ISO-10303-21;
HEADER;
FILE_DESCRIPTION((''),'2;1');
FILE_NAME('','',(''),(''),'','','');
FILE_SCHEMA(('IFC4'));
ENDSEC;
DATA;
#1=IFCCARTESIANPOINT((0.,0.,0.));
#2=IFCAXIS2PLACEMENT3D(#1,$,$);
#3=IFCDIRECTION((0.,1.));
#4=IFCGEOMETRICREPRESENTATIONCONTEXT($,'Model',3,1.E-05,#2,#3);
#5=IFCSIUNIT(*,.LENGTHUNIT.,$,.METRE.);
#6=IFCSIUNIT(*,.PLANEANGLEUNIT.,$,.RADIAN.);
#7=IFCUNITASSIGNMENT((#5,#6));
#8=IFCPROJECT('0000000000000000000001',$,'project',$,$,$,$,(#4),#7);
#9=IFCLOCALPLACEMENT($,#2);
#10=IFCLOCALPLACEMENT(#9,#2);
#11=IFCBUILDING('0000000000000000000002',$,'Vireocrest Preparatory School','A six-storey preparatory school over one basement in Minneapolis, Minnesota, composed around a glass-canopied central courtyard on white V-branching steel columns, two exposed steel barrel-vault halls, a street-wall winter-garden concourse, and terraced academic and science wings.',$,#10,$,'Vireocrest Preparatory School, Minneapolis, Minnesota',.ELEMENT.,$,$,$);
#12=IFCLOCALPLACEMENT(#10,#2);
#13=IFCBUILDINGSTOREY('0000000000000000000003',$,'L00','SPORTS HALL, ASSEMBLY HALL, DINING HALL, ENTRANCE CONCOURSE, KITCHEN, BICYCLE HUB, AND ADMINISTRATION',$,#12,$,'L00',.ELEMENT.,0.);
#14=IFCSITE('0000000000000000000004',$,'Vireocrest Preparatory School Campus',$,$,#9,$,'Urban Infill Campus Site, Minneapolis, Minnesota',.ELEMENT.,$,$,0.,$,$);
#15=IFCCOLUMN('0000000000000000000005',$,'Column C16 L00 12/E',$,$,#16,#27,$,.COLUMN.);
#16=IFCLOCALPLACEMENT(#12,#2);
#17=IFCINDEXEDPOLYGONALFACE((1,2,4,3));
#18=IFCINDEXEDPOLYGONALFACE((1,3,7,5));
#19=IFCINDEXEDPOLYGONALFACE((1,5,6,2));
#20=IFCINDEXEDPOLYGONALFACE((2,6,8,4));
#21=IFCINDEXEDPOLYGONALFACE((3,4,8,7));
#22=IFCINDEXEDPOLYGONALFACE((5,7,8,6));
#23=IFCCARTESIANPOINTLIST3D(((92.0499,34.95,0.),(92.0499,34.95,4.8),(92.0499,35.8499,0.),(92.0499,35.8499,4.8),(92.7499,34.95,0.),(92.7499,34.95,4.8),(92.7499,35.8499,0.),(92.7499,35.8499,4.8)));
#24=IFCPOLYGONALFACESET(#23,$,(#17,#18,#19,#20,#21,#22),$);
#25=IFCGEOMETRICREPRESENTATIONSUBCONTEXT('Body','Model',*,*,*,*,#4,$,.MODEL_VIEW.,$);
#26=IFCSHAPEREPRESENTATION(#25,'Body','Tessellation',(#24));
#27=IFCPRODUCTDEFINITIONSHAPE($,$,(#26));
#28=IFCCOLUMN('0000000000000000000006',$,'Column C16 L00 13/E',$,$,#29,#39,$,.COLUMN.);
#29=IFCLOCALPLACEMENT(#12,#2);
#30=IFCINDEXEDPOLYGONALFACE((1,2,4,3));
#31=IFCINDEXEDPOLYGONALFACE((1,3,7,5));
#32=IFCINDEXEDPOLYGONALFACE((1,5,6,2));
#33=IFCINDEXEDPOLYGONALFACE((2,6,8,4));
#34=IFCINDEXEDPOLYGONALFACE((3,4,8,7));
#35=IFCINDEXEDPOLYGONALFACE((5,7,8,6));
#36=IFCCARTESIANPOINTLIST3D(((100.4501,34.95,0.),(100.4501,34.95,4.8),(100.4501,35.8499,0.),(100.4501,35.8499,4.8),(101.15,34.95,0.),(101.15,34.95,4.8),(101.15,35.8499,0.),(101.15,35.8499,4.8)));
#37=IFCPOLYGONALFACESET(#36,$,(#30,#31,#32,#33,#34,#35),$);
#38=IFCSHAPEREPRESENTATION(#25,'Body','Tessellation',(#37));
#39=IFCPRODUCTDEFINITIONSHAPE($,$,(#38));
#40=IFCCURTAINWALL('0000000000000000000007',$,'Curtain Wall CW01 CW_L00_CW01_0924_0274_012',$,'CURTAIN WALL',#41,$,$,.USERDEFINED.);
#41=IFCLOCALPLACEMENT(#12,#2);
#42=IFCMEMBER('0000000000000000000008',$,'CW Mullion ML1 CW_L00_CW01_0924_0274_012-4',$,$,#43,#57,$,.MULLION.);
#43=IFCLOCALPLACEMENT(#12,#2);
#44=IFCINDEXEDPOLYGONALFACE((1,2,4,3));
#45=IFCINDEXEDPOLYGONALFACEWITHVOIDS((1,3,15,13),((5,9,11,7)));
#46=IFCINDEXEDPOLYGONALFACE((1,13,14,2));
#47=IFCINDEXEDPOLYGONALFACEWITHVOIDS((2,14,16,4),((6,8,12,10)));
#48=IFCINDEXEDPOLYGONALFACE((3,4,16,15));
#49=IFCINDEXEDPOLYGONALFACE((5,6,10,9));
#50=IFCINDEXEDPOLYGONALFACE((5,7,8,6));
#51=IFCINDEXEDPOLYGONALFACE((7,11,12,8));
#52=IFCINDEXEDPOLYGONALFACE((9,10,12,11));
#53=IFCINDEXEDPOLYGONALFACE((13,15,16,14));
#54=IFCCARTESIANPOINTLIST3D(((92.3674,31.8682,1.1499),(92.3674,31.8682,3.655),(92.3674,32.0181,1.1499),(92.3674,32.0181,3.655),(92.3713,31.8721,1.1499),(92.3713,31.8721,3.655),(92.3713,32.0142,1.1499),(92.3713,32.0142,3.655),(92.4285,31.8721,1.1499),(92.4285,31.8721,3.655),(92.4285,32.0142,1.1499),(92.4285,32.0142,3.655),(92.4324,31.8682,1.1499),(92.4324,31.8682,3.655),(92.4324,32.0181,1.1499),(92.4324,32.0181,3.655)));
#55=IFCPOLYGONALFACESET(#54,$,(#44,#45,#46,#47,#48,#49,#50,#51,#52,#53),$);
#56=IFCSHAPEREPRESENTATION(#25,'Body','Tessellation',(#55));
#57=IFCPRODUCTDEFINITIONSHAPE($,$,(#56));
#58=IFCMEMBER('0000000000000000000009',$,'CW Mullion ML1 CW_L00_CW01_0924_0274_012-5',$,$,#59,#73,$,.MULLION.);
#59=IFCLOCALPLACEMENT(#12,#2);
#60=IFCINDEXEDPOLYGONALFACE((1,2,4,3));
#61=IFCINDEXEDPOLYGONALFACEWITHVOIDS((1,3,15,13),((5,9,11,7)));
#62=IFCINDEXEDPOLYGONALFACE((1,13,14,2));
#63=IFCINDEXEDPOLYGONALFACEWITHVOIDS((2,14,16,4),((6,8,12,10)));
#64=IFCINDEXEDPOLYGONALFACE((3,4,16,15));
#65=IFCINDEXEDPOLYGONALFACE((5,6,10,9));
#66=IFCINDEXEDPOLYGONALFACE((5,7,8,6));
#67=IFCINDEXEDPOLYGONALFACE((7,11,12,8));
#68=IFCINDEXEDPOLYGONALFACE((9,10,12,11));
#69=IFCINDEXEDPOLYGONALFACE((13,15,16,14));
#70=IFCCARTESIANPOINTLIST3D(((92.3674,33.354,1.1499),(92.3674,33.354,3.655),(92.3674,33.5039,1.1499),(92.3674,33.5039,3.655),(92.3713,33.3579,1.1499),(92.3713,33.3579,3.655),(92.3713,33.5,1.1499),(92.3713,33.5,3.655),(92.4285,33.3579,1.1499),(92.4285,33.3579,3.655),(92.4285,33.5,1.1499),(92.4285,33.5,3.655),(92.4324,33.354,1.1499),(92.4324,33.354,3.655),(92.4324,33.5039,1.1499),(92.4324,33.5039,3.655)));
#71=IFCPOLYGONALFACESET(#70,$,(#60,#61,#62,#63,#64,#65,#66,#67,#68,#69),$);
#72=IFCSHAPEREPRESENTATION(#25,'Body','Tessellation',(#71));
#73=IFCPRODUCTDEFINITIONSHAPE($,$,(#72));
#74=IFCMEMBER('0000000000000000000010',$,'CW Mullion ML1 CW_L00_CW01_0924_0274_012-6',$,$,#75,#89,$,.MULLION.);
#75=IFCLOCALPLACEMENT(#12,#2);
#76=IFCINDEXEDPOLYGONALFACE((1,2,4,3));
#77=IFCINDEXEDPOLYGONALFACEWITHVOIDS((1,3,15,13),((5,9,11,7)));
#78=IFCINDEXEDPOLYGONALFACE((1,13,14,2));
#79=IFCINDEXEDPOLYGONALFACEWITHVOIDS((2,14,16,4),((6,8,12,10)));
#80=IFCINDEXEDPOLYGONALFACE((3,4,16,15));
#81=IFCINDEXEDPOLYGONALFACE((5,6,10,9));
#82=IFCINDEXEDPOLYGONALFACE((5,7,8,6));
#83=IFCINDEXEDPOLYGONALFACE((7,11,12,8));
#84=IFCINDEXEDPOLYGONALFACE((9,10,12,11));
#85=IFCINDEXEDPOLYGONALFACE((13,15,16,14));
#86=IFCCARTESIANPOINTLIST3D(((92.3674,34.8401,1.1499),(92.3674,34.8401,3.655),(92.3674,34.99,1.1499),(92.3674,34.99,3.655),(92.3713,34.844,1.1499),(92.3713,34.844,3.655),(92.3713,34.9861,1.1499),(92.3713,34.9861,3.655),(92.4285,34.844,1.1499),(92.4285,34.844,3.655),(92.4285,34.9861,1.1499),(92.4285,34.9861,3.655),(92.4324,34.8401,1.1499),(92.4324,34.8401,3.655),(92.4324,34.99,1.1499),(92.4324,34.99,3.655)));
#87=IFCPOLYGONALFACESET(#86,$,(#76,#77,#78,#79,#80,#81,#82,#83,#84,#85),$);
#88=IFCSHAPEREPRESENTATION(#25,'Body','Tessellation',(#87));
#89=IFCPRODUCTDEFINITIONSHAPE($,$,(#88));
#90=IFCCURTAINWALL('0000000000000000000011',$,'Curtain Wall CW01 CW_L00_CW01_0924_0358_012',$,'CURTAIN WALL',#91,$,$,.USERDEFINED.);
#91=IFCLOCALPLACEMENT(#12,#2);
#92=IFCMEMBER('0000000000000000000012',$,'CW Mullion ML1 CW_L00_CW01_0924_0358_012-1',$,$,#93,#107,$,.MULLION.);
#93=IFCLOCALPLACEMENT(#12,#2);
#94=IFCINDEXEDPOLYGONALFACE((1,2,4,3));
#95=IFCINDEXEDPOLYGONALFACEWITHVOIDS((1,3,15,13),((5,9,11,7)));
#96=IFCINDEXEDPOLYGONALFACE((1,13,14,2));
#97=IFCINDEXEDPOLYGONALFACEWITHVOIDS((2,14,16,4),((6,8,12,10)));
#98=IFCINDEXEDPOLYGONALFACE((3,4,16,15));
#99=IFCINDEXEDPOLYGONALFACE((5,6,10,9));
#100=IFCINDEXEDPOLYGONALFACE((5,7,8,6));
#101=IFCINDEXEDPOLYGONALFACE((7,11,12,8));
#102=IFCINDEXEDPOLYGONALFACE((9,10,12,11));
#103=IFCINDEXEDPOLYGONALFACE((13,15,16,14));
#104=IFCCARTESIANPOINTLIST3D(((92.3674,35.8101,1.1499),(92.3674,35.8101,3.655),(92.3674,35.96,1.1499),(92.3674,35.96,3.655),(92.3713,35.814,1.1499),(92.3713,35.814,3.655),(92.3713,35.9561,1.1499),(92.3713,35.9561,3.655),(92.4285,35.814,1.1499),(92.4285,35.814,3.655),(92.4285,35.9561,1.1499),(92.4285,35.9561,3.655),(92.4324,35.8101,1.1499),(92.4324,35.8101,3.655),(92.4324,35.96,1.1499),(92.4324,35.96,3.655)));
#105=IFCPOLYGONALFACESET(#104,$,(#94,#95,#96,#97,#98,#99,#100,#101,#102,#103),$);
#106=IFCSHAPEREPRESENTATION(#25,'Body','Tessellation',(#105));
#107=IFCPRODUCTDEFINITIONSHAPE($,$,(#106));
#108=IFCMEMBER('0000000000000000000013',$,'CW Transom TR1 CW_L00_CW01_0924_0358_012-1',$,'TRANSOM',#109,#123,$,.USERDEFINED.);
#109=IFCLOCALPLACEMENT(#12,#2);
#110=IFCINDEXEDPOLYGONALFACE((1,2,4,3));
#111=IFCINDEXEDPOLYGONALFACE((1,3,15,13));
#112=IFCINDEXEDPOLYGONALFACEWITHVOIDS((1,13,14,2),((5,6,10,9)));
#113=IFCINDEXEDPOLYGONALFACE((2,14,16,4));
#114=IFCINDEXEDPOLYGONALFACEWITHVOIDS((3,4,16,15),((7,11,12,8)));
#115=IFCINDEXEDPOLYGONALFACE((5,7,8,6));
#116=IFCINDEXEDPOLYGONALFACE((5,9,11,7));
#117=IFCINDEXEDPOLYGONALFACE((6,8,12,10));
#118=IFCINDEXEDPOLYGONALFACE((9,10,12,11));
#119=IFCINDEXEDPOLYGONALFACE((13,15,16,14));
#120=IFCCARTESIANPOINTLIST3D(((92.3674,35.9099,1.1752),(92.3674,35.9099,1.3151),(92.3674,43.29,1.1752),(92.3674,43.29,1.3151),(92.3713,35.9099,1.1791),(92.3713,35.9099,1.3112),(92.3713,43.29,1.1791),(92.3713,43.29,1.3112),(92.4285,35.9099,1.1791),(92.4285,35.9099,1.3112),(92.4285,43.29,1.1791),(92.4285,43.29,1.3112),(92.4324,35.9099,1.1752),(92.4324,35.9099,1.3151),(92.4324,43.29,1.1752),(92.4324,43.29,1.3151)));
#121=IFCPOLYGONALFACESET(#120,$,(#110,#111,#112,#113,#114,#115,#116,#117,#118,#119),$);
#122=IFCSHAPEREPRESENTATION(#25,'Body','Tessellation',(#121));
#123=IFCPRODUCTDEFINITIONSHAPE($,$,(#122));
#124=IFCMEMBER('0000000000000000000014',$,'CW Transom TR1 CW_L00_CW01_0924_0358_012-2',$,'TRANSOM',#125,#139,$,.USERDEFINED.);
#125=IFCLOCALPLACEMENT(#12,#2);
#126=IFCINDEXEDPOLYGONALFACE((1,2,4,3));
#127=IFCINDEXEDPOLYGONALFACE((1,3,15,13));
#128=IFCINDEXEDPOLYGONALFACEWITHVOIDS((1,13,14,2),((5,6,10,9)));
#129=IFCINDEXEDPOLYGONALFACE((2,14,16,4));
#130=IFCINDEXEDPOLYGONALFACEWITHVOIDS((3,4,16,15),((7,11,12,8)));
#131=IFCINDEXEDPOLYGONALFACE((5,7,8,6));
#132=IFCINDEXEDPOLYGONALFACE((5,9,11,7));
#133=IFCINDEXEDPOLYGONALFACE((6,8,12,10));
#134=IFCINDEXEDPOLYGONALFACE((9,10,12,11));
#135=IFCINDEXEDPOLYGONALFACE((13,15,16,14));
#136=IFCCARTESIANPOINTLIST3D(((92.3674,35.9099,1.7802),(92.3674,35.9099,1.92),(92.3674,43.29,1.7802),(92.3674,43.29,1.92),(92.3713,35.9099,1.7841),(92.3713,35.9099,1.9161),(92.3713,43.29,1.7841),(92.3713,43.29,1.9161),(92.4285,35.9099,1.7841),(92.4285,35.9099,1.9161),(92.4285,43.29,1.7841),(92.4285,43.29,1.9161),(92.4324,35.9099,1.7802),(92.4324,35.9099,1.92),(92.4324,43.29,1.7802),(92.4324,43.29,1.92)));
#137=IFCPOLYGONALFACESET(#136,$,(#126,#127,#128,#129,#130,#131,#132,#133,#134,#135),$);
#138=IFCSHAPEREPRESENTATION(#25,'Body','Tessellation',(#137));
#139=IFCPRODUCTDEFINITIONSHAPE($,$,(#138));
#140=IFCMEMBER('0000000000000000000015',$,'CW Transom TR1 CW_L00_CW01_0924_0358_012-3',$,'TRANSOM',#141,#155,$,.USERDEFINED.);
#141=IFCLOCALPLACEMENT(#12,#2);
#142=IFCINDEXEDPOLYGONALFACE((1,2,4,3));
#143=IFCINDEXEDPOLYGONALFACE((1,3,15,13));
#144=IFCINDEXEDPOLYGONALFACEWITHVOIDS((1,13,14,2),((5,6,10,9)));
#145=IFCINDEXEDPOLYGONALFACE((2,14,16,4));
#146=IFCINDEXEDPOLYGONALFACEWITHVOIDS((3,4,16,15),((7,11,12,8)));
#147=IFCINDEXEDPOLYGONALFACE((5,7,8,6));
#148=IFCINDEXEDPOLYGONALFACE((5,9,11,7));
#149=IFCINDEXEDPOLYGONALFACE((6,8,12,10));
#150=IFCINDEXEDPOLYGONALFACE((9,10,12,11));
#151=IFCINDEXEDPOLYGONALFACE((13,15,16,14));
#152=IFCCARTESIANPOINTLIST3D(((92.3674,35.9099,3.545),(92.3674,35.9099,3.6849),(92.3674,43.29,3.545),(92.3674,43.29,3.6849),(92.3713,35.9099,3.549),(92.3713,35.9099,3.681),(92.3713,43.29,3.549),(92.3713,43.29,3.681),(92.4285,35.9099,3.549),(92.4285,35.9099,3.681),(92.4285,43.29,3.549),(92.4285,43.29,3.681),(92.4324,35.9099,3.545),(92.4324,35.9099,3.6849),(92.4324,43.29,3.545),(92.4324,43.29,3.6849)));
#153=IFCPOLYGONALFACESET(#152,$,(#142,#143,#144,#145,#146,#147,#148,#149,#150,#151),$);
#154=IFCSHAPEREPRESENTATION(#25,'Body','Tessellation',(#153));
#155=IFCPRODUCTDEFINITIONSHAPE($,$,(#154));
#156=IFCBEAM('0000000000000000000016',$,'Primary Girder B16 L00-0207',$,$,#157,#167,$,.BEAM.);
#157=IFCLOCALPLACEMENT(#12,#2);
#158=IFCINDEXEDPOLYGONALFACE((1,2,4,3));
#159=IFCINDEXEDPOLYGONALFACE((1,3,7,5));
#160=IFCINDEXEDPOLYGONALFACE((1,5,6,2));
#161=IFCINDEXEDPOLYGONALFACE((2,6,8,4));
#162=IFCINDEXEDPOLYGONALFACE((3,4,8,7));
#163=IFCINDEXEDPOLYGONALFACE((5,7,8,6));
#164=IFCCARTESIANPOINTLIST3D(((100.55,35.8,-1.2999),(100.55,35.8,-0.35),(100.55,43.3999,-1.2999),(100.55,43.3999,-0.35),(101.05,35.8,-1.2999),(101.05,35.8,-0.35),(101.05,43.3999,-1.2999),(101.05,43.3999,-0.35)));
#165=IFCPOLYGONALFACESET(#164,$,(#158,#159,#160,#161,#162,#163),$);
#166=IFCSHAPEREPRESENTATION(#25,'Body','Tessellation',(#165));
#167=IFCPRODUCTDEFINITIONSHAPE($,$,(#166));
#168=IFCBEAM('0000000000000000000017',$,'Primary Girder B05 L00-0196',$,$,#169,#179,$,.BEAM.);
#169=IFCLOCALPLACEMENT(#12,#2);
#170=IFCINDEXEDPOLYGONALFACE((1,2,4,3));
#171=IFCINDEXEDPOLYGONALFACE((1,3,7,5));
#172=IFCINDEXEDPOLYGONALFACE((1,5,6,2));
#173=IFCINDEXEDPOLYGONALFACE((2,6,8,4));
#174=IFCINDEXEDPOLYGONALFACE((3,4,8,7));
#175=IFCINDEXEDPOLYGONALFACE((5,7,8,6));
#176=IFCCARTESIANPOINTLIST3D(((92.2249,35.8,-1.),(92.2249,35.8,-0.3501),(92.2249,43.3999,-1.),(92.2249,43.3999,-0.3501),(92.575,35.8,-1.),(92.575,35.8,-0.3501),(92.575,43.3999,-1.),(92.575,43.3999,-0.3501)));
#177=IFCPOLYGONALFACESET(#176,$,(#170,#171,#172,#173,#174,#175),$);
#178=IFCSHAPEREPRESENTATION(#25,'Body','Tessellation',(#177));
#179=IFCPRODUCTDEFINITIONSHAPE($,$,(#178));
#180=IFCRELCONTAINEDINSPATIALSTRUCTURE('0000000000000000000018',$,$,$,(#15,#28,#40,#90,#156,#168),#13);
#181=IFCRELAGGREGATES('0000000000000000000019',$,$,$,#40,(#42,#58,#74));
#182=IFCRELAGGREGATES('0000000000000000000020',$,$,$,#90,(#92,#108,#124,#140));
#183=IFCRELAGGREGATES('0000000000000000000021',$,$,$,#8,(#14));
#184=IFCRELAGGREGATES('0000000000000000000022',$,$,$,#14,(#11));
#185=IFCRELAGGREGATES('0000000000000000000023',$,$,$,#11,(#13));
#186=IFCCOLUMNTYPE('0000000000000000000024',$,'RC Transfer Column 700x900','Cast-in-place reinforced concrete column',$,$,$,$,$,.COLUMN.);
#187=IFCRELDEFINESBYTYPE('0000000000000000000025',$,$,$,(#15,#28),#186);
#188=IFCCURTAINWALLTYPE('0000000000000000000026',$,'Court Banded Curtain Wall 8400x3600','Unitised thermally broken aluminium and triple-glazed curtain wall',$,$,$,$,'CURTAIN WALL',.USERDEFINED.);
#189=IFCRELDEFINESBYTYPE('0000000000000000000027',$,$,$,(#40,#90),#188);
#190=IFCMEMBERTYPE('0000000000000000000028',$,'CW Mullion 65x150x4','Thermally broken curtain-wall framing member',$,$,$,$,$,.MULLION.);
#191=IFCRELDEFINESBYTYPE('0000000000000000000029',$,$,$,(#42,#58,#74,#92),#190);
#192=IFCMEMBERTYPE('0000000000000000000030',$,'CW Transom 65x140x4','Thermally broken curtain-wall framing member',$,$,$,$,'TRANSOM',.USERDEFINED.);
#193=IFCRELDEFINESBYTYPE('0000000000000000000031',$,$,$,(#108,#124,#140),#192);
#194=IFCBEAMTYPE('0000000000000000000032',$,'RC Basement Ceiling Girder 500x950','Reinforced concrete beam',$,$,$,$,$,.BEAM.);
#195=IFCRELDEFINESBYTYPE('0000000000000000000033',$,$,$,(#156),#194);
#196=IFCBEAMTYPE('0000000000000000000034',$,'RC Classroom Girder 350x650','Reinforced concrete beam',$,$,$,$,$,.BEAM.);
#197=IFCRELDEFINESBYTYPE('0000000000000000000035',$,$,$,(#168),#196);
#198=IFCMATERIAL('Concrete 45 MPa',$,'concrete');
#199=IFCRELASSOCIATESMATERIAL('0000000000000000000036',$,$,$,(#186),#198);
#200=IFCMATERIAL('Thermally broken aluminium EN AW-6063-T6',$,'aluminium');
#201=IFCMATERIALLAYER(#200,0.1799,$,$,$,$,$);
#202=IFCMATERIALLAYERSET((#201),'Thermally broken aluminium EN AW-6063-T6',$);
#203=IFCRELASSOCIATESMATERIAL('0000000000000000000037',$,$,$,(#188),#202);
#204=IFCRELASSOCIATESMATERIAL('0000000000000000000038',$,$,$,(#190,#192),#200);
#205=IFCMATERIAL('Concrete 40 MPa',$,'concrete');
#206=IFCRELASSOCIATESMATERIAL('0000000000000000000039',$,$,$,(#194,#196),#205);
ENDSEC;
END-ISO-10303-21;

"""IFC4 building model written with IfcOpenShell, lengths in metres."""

from ifc_helpers import new_model, si_unit, direction, frame, origin, origin_2d, place, context, subcontext, project, spatial, rectangle, hollow_rectangle, extrude, material, layer, layer_set, material_profile, profile_set, type_object, element, aggregate, save


model = new_model("IFC4")

# Units and contexts
model_context = context("Model", 3, precision=1e-05, world=origin(), true_north=direction((0.0, 1.0)))
body_context = subcontext(model_context, "Body", "Model", "MODEL_VIEW")
ifc_project = project(units=[si_unit("LENGTHUNIT", "METRE"), si_unit("PLANEANGLEUNIT", "RADIAN")], contexts=[model_context])

# Site, building, storey
site_placement = place(None, origin())
site = spatial("IfcSite", under=ifc_project, at=site_placement, Name="Vireocrest Preparatory School Campus", LongName="Urban Infill Campus Site, Minneapolis, Minnesota", CompositionType="ELEMENT", RefElevation=0.0)
building_placement = place(site_placement, origin())
building = spatial("IfcBuilding", under=site, at=building_placement, Name="Vireocrest Preparatory School", Description="A six-storey preparatory school over one basement in Minneapolis, Minnesota, composed around a glass-canopied central courtyard on white V-branching steel columns, two exposed steel barrel-vault halls, a street-wall winter-garden concourse, and terraced academic and science wings.", LongName="Vireocrest Preparatory School, Minneapolis, Minnesota", CompositionType="ELEMENT")
storey_placement = place(building_placement, origin())
storey = spatial("IfcBuildingStorey", under=building, at=storey_placement, Name="L00", Description="SPORTS HALL, ASSEMBLY HALL, DINING HALL, ENTRANCE CONCOURSE, KITCHEN, BICYCLE HUB, AND ADMINISTRATION", LongName="L00", CompositionType="ELEMENT", Elevation=0.0)

# Columns
ifc_material_1 = material(Name="Concrete 45 MPa", Category="concrete")
ifc_material_profile_1 = material_profile(ifc_material_1, rectangle(XDim=0.7, YDim=0.8999, at=origin_2d()), Name="RC 700x900")
ifc_profile_set_1 = profile_set([ifc_material_profile_1], Name="Concrete 45 MPa")
column_type = type_object("IfcColumnType", Name="RC Transfer Column 700x900", Description="Cast-in-place reinforced concrete column", PredefinedType="COLUMN", material=ifc_profile_set_1)
for number, where, z_axis, x_axis, name in (
    (1, (92.3999, 35.3999, 0.0), (0.0, 0.0, 1.0), (1.0, 0.0, 0.0), "Column C16 L00 12/E"),
    (2, (100.8, 35.3999, 0.0), (0.0, 0.0, 1.0), (1.0, 0.0, 0.0), "Column C16 L00 13/E"),
):
    element("IfcColumn", number, at=place(storey_placement, frame(where, z_axis=z_axis, x_axis=x_axis)), inside=storey, type_object=column_type, Name=name, PredefinedType="COLUMN", context=body_context, shape_type="SweptSolid", body=[
        extrude(rectangle(XDim=0.7, YDim=0.8999, at=origin_2d()), origin(), (0.0, 0.0, 1.0), 4.8),
    ])

# Curtain walls, members
ifc_material_2 = material(Name="Thermally broken aluminium EN AW-6063-T6", Category="aluminium")
ifc_layer_1 = layer(ifc_material_2, 0.1799)
ifc_layer_set_1 = layer_set([ifc_layer_1], Name="Thermally broken aluminium EN AW-6063-T6")
curtain_wall_type = type_object("IfcCurtainWallType", Name="Court Banded Curtain Wall 8400x3600", Description="Unitised thermally broken aluminium and triple-glazed curtain wall", ElementType="CURTAIN WALL", PredefinedType="USERDEFINED", material=ifc_layer_set_1)
curtain_wall_1_placement = place(storey_placement, origin())
curtain_wall_1 = element("IfcCurtainWall", 3, at=curtain_wall_1_placement, inside=storey, type_object=curtain_wall_type, Name="Curtain Wall CW01 CW_L00_CW01_0924_0274_012", ObjectType="CURTAIN WALL", PredefinedType="USERDEFINED")
ifc_material_profile_2 = material_profile(ifc_material_2, hollow_rectangle(XDim=0.0649, YDim=0.1499, WallThickness=0.0039, at=origin_2d()), Name="ALU 65x150x4")
ifc_profile_set_2 = profile_set([ifc_material_profile_2], Name="Thermally broken aluminium EN AW-6063-T6")
member_type_1 = type_object("IfcMemberType", Name="CW Mullion 65x150x4", Description="Thermally broken curtain-wall framing member", PredefinedType="MULLION", material=ifc_profile_set_2)
member_1_placement = place(storey_placement, frame((92.3999, 31.9431, 1.1499), z_axis=(0.0, 0.0, 1.0), x_axis=(1.0, 0.0, 0.0)))
member_1 = element("IfcMember", 4, at=member_1_placement, type_object=member_type_1, Name="CW Mullion ML1 CW_L00_CW01_0924_0274_012-4", PredefinedType="MULLION", context=body_context, shape_type="SweptSolid", body=[
    extrude(hollow_rectangle(XDim=0.0649, YDim=0.1499, WallThickness=0.0039, at=origin_2d()), origin(), (0.0, 0.0, 1.0), 2.5051),
])
member_2_placement = place(storey_placement, frame((92.3999, 33.429, 1.1499), z_axis=(0.0, 0.0, 1.0), x_axis=(1.0, 0.0, 0.0)))
member_2 = element("IfcMember", 5, at=member_2_placement, type_object=member_type_1, Name="CW Mullion ML1 CW_L00_CW01_0924_0274_012-5", PredefinedType="MULLION", context=body_context, shape_type="SweptSolid", body=[
    extrude(hollow_rectangle(XDim=0.0649, YDim=0.1499, WallThickness=0.0039, at=origin_2d()), origin(), (0.0, 0.0, 1.0), 2.5051),
])
member_3_placement = place(storey_placement, frame((92.3999, 34.915, 1.1499), z_axis=(0.0, 0.0, 1.0), x_axis=(1.0, 0.0, 0.0)))
member_3 = element("IfcMember", 6, at=member_3_placement, type_object=member_type_1, Name="CW Mullion ML1 CW_L00_CW01_0924_0274_012-6", PredefinedType="MULLION", context=body_context, shape_type="SweptSolid", body=[
    extrude(hollow_rectangle(XDim=0.0649, YDim=0.1499, WallThickness=0.0039, at=origin_2d()), origin(), (0.0, 0.0, 1.0), 2.5051),
])
curtain_wall_2_placement = place(storey_placement, origin())
curtain_wall_2 = element("IfcCurtainWall", 7, at=curtain_wall_2_placement, inside=storey, type_object=curtain_wall_type, Name="Curtain Wall CW01 CW_L00_CW01_0924_0358_012", ObjectType="CURTAIN WALL", PredefinedType="USERDEFINED")
member_4_placement = place(storey_placement, frame((92.3999, 35.885, 1.1499), z_axis=(0.0, 0.0, 1.0), x_axis=(1.0, 0.0, 0.0)))
member_4 = element("IfcMember", 8, at=member_4_placement, type_object=member_type_1, Name="CW Mullion ML1 CW_L00_CW01_0924_0358_012-1", PredefinedType="MULLION", context=body_context, shape_type="SweptSolid", body=[
    extrude(hollow_rectangle(XDim=0.0649, YDim=0.1499, WallThickness=0.0039, at=origin_2d()), origin(), (0.0, 0.0, 1.0), 2.5051),
])
ifc_material_profile_3 = material_profile(ifc_material_2, hollow_rectangle(XDim=0.0649, YDim=0.1399, WallThickness=0.0039, at=origin_2d()), Name="ALU 65x140x4")
ifc_profile_set_3 = profile_set([ifc_material_profile_3], Name="Thermally broken aluminium EN AW-6063-T6")
member_type_2 = type_object("IfcMemberType", Name="CW Transom 65x140x4", Description="Thermally broken curtain-wall framing member", ElementType="TRANSOM", PredefinedType="USERDEFINED", material=ifc_profile_set_3)
member_5_placement = place(storey_placement, frame((92.3999, 35.9099, 1.2451), z_axis=(0.0, 1.0, 0.0), x_axis=(-1.0, 0.0, 0.0)))
member_5 = element("IfcMember", 9, at=member_5_placement, type_object=member_type_2, Name="CW Transom TR1 CW_L00_CW01_0924_0358_012-1", ObjectType="TRANSOM", PredefinedType="USERDEFINED", context=body_context, shape_type="SweptSolid", body=[
    extrude(hollow_rectangle(XDim=0.0649, YDim=0.1399, WallThickness=0.0039, at=origin_2d()), origin(), (0.0, 0.0, 1.0), 7.3801),
])
member_6_placement = place(storey_placement, frame((92.3999, 35.9099, 1.8501), z_axis=(0.0, 1.0, 0.0), x_axis=(-1.0, 0.0, 0.0)))
member_6 = element("IfcMember", 10, at=member_6_placement, type_object=member_type_2, Name="CW Transom TR1 CW_L00_CW01_0924_0358_012-2", ObjectType="TRANSOM", PredefinedType="USERDEFINED", context=body_context, shape_type="SweptSolid", body=[
    extrude(hollow_rectangle(XDim=0.0649, YDim=0.1399, WallThickness=0.0039, at=origin_2d()), origin(), (0.0, 0.0, 1.0), 7.3801),
])
member_7_placement = place(storey_placement, frame((92.3999, 35.9099, 3.615), z_axis=(0.0, 1.0, 0.0), x_axis=(-1.0, 0.0, 0.0)))
member_7 = element("IfcMember", 11, at=member_7_placement, type_object=member_type_2, Name="CW Transom TR1 CW_L00_CW01_0924_0358_012-3", ObjectType="TRANSOM", PredefinedType="USERDEFINED", context=body_context, shape_type="SweptSolid", body=[
    extrude(hollow_rectangle(XDim=0.0649, YDim=0.1399, WallThickness=0.0039, at=origin_2d()), origin(), (0.0, 0.0, 1.0), 7.3801),
])

# Beams
ifc_material_3 = material(Name="Concrete 40 MPa", Category="concrete")
ifc_material_profile_4 = material_profile(ifc_material_3, rectangle(XDim=0.5, YDim=0.95, at=origin_2d()), Name="RC 500x950")
ifc_profile_set_4 = profile_set([ifc_material_profile_4], Name="Concrete 40 MPa")
beam_type_1 = type_object("IfcBeamType", Name="RC Basement Ceiling Girder 500x950", Description="Reinforced concrete beam", PredefinedType="BEAM", material=ifc_profile_set_4)
beam_1_placement = place(storey_placement, frame((100.8, 35.8, -0.825), z_axis=(0.0, 1.0, 0.0), x_axis=(-1.0, 0.0, 0.0)))
element("IfcBeam", 12, at=beam_1_placement, inside=storey, type_object=beam_type_1, Name="Primary Girder B16 L00-0207", PredefinedType="BEAM", context=body_context, shape_type="SweptSolid", body=[
    extrude(rectangle(XDim=0.5, YDim=0.95, at=origin_2d()), origin(), (0.0, 0.0, 1.0), 7.5999),
])
ifc_material_profile_5 = material_profile(ifc_material_3, rectangle(XDim=0.3501, YDim=0.6499, at=origin_2d()), Name="RC 350x650")
ifc_profile_set_5 = profile_set([ifc_material_profile_5], Name="Concrete 40 MPa")
beam_type_2 = type_object("IfcBeamType", Name="RC Classroom Girder 350x650", Description="Reinforced concrete beam", PredefinedType="BEAM", material=ifc_profile_set_5)
beam_2_placement = place(storey_placement, frame((92.3999, 35.8, -0.675), z_axis=(0.0, 1.0, 0.0), x_axis=(-1.0, 0.0, 0.0)))
element("IfcBeam", 13, at=beam_2_placement, inside=storey, type_object=beam_type_2, Name="Primary Girder B05 L00-0196", PredefinedType="BEAM", context=body_context, shape_type="SweptSolid", body=[
    extrude(rectangle(XDim=0.3501, YDim=0.6499, at=origin_2d()), origin(), (0.0, 0.0, 1.0), 7.5999),
])

aggregate(curtain_wall_1, [member_1, member_2, member_3])
aggregate(curtain_wall_2, [member_4, member_5, member_6, member_7])

save(model, "model.ifc")
